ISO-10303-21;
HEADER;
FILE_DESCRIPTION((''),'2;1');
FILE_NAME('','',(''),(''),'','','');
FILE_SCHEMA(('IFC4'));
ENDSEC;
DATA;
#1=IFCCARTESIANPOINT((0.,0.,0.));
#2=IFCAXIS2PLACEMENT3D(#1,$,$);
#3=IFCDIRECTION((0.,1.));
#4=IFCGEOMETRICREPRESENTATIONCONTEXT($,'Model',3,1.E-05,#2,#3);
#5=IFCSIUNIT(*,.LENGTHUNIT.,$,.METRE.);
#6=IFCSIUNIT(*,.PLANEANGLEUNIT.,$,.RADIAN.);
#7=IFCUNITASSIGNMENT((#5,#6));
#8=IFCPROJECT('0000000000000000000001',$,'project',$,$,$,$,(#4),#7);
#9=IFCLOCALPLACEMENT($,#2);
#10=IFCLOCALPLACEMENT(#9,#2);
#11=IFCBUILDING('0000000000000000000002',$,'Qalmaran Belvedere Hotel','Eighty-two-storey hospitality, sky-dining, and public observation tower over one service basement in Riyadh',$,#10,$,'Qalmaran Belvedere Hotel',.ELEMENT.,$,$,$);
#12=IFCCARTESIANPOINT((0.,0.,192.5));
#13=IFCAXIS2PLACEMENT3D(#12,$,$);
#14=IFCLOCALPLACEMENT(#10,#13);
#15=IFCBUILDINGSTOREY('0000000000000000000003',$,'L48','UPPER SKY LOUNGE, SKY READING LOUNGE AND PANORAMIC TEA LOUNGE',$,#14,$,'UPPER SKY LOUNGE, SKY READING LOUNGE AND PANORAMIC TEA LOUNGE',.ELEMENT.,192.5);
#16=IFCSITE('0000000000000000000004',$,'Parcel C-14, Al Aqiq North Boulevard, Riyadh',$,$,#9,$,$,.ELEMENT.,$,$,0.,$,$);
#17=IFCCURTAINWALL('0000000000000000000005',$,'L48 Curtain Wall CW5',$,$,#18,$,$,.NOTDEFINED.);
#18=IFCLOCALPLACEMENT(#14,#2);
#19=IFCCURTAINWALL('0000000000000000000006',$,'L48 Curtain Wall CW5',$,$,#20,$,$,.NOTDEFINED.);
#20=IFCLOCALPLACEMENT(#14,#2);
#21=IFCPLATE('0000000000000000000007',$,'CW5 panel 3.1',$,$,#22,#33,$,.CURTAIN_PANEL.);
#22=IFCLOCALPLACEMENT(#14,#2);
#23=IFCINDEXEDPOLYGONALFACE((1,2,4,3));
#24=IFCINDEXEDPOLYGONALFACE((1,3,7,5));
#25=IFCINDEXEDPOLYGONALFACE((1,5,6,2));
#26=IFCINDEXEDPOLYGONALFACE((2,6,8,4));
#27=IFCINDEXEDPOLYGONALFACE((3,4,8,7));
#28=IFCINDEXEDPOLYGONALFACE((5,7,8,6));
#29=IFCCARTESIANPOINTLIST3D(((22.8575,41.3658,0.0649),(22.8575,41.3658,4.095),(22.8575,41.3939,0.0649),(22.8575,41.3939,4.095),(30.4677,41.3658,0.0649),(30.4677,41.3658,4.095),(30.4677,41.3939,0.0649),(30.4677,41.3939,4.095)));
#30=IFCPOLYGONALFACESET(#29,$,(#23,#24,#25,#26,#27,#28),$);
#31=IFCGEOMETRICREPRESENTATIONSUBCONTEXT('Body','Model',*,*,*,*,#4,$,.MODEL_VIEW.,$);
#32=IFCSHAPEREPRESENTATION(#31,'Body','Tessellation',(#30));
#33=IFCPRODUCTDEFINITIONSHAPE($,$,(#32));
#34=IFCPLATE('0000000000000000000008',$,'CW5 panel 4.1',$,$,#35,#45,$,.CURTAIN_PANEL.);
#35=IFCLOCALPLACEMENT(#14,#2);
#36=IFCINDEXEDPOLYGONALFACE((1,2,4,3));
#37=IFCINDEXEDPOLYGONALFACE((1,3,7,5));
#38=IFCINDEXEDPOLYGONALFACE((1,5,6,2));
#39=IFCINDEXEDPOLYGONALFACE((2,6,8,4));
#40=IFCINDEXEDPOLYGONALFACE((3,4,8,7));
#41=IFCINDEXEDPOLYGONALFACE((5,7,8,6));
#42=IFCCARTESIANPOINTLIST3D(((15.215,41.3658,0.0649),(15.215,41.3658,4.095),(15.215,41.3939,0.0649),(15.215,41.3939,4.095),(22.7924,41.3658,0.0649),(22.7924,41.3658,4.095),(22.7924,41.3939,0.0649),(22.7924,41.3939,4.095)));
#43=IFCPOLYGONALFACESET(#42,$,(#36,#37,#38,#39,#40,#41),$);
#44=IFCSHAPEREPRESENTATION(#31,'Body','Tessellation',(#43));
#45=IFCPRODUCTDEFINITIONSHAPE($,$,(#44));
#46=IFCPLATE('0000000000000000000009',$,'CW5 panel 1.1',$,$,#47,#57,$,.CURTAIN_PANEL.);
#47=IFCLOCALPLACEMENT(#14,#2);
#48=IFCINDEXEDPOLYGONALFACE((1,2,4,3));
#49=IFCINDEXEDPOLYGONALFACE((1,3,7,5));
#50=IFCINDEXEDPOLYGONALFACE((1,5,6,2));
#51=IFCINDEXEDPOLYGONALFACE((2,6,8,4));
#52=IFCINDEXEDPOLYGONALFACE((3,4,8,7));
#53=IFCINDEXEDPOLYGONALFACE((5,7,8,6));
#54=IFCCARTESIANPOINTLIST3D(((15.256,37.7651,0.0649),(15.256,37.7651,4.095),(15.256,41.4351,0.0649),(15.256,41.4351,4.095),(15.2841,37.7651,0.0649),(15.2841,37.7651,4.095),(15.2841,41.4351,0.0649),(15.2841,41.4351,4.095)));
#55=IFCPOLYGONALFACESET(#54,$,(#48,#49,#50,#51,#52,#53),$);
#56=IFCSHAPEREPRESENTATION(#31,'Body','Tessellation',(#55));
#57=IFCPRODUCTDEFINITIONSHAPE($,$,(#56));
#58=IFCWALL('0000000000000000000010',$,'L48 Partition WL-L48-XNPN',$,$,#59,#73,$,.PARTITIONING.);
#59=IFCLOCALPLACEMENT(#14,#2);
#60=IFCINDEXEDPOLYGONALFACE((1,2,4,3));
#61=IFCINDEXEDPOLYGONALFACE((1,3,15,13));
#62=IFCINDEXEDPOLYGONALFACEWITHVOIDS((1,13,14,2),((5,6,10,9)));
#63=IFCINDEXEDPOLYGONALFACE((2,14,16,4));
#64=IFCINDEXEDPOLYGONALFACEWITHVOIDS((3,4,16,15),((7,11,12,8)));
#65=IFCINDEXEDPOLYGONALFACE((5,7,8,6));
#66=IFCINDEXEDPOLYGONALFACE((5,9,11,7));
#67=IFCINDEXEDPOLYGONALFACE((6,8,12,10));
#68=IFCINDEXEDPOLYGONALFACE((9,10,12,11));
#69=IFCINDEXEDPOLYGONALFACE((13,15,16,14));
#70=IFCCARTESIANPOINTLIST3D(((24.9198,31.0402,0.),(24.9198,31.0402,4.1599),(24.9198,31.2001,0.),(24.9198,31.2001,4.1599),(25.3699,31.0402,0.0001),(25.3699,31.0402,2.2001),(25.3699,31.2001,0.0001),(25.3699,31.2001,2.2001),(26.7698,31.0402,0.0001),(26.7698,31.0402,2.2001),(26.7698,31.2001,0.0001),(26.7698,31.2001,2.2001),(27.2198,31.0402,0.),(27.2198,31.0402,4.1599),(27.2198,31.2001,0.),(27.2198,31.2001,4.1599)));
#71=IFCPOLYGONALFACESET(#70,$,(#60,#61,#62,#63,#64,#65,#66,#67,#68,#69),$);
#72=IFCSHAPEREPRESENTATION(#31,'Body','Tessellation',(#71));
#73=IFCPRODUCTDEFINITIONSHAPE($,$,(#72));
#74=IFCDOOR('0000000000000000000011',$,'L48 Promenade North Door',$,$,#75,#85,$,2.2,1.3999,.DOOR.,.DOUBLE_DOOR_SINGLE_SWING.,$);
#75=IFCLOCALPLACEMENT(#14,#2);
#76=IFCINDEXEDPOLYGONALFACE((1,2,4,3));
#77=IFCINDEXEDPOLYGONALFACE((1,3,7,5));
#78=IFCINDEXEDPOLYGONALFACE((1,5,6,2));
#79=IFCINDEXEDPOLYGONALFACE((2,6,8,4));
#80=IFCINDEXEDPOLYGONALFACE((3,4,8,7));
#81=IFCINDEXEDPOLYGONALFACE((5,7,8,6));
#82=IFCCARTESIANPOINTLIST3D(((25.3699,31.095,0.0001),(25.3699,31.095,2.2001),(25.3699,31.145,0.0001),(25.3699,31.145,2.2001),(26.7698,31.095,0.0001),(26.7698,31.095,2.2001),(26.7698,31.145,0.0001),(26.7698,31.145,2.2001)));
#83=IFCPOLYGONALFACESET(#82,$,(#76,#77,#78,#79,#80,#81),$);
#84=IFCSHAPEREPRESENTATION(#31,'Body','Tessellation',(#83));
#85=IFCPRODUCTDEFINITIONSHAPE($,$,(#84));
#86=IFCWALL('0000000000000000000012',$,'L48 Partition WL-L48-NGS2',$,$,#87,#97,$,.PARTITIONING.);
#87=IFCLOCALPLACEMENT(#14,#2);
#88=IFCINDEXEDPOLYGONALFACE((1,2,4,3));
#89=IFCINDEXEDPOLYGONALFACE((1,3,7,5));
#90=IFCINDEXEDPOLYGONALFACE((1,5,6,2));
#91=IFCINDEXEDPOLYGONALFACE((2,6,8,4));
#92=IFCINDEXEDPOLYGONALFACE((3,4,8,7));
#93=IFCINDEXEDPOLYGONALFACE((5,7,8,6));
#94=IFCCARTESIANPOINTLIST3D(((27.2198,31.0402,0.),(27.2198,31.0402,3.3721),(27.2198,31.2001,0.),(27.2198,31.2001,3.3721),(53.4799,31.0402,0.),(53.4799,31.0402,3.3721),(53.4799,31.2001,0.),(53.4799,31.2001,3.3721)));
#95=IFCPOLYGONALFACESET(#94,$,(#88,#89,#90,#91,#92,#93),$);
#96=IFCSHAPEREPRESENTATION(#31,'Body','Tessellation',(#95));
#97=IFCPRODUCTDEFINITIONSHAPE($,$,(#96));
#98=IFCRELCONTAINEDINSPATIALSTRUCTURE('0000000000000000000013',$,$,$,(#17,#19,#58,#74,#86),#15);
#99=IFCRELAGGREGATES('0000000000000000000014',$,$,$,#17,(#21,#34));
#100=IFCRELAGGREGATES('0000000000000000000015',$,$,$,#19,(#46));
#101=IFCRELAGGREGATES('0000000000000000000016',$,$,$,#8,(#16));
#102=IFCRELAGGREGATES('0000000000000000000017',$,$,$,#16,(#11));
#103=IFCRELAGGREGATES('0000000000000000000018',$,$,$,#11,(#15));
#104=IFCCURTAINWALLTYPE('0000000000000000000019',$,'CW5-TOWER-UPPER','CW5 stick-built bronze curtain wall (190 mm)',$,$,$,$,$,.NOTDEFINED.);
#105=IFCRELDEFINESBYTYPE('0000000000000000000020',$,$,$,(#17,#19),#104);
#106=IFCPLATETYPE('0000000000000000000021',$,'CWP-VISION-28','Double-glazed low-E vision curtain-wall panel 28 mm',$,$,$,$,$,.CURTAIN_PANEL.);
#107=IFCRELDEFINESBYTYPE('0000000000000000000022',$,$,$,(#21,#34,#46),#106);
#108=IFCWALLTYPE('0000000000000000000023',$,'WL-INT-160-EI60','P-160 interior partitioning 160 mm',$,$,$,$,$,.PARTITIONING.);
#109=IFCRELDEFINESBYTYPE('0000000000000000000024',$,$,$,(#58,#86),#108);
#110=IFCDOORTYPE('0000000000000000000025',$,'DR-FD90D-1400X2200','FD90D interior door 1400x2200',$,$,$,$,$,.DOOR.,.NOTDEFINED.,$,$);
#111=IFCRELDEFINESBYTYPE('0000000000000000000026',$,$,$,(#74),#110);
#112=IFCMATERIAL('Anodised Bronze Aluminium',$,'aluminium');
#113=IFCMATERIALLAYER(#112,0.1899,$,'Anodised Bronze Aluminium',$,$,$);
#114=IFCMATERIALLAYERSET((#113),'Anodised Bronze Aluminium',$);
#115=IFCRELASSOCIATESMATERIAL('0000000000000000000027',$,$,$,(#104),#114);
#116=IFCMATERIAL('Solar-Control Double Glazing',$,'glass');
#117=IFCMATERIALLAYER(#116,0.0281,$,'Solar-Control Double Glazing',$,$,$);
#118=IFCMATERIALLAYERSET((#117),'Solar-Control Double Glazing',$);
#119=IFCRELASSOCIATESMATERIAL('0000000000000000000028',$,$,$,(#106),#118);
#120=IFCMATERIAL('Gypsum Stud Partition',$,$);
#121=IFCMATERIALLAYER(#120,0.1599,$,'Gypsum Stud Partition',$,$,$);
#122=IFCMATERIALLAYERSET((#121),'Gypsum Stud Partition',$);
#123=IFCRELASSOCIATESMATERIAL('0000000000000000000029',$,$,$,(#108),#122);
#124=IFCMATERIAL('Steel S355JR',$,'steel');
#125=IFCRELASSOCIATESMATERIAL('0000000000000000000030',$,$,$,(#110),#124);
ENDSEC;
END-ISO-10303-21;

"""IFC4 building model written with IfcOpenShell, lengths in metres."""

from ifc_helpers import new_model, si_unit, direction, frame, frame_2d, origin, origin_2d, place, context, subcontext, project, spatial, rectangle, extrude, material, layer, layer_set, type_object, element, fill, aggregate, save


model = new_model("IFC4")

# Units and contexts
model_context = context("Model", 3, precision=1e-05, world=origin(), true_north=direction((0.0, 1.0)))
body_context = subcontext(model_context, "Body", "Model", "MODEL_VIEW")
ifc_project = project(units=[si_unit("LENGTHUNIT", "METRE"), si_unit("PLANEANGLEUNIT", "RADIAN")], contexts=[model_context])

# Site, building, storey
site_placement = place(None, origin())
site = spatial("IfcSite", under=ifc_project, at=site_placement, Name="Parcel C-14, Al Aqiq North Boulevard, Riyadh", CompositionType="ELEMENT", RefElevation=0.0)
building_placement = place(site_placement, origin())
building = spatial("IfcBuilding", under=site, at=building_placement, Name="Qalmaran Belvedere Hotel", Description="Eighty-two-storey hospitality, sky-dining, and public observation tower over one service basement in Riyadh", LongName="Qalmaran Belvedere Hotel", CompositionType="ELEMENT")
storey_placement = place(building_placement, frame((0.0, 0.0, 192.5)))
storey = spatial("IfcBuildingStorey", under=building, at=storey_placement, Name="L48", Description="UPPER SKY LOUNGE, SKY READING LOUNGE AND PANORAMIC TEA LOUNGE", LongName="UPPER SKY LOUNGE, SKY READING LOUNGE AND PANORAMIC TEA LOUNGE", CompositionType="ELEMENT", Elevation=192.5)

# Shared definitions
ifc_material_1 = material(Name="Steel S355JR", Category="steel")

# Curtain walls
ifc_material_2 = material(Name="Anodised Bronze Aluminium", Category="aluminium")
ifc_layer_1 = layer(ifc_material_2, 0.1899, Name="Anodised Bronze Aluminium")
ifc_layer_set_1 = layer_set([ifc_layer_1], Name="Anodised Bronze Aluminium")
curtain_wall_type = type_object("IfcCurtainWallType", Name="CW5-TOWER-UPPER", Description="CW5 stick-built bronze curtain wall (190 mm)", PredefinedType="NOTDEFINED", material=ifc_layer_set_1)
curtain_wall_1_placement = place(storey_placement, origin())
curtain_wall_1 = element("IfcCurtainWall", 1, at=curtain_wall_1_placement, inside=storey, type_object=curtain_wall_type, Name="L48 Curtain Wall CW5", PredefinedType="NOTDEFINED")
curtain_wall_2_placement = place(storey_placement, origin())
curtain_wall_2 = element("IfcCurtainWall", 2, at=curtain_wall_2_placement, inside=storey, type_object=curtain_wall_type, Name="L48 Curtain Wall CW5", PredefinedType="NOTDEFINED")

# Plates
ifc_material_3 = material(Name="Solar-Control Double Glazing", Category="glass")
ifc_layer_2 = layer(ifc_material_3, 0.0281, Name="Solar-Control Double Glazing")
ifc_layer_set_2 = layer_set([ifc_layer_2], Name="Solar-Control Double Glazing")
plate_type = type_object("IfcPlateType", Name="CWP-VISION-28", Description="Double-glazed low-E vision curtain-wall panel 28 mm", PredefinedType="CURTAIN_PANEL", material=ifc_layer_set_2)
plate_1_placement = place(storey_placement, frame((26.6626, 41.3799, 0.0649), z_axis=(0.0, 0.0, 1.0), x_axis=(-1.0, 0.0, 0.0)))
plate_1 = element("IfcPlate", 3, at=plate_1_placement, type_object=plate_type, Name="CW5 panel 3.1", PredefinedType="CURTAIN_PANEL", context=body_context, shape_type="SweptSolid", body=[
    extrude(rectangle(XDim=7.6101, YDim=0.0281, at=origin_2d()), origin(), (0.0, 0.0, 1.0), 4.03),
])
plate_2_placement = place(storey_placement, frame((19.0037, 41.3799, 0.0649), z_axis=(0.0, 0.0, 1.0), x_axis=(-1.0, 0.0, 0.0)))
plate_2 = element("IfcPlate", 4, at=plate_2_placement, type_object=plate_type, Name="CW5 panel 4.1", PredefinedType="CURTAIN_PANEL", context=body_context, shape_type="SweptSolid", body=[
    extrude(rectangle(XDim=7.5774, YDim=0.0281, at=origin_2d()), origin(), (0.0, 0.0, 1.0), 4.03),
])
aggregate(curtain_wall_1, [plate_1, plate_2])
plate_3_placement = place(storey_placement, frame((15.27, 39.6001, 0.0649), z_axis=(0.0, 0.0, 1.0), x_axis=(0.0, -1.0, 0.0)))
plate_3 = element("IfcPlate", 5, at=plate_3_placement, type_object=plate_type, Name="CW5 panel 1.1", PredefinedType="CURTAIN_PANEL", context=body_context, shape_type="SweptSolid", body=[
    extrude(rectangle(XDim=3.6699, YDim=0.0281, at=origin_2d()), origin(), (0.0, 0.0, 1.0), 4.03),
])
aggregate(curtain_wall_2, [plate_3])

# Wall, opening, door
ifc_material_4 = material(Name="Gypsum Stud Partition")
ifc_layer_3 = layer(ifc_material_4, 0.1599, Name="Gypsum Stud Partition")
ifc_layer_set_3 = layer_set([ifc_layer_3], Name="Gypsum Stud Partition")
wall_type = type_object("IfcWallType", Name="WL-INT-160-EI60", Description="P-160 interior partitioning 160 mm", PredefinedType="PARTITIONING", material=ifc_layer_set_3)
wall_1_placement = place(storey_placement, frame((24.9199, 31.1201, 0.0), z_axis=(0.0, 0.0, 1.0), x_axis=(1.0, 0.0, 0.0)))
wall_1 = element("IfcWall", 6, at=wall_1_placement, inside=storey, type_object=wall_type, Name="L48 Partition WL-L48-XNPN", PredefinedType="PARTITIONING", context=body_context, shape_type="SweptSolid", body=[
    extrude(rectangle(XDim=2.3, YDim=0.1599, at=frame_2d((1.1499, 0.0))), origin(), (0.0, 0.0, 1.0), 4.1599),
])
opening_placement = place(wall_1_placement, frame((0.45, 0.0, 0.0)))
opening = element("IfcOpeningElement", 7, at=opening_placement, cuts=wall_1, PredefinedType="OPENING", context=body_context, shape_type="SweptSolid", body=[
    extrude(rectangle(XDim=1.3999, YDim=2.2, at=frame_2d((0.7, 1.1001))), frame((0.0, 0.0898, 0.0), z_axis=(0.0, -1.0, 0.0), x_axis=(1.0, 0.0, 0.0)), (0.0, 0.0, 1.0), 0.1799),
])
door_type = type_object("IfcDoorType", Name="DR-FD90D-1400X2200", Description="FD90D interior door 1400x2200", OperationType="NOTDEFINED", PredefinedType="DOOR", material=ifc_material_1)
door_placement = place(opening_placement, origin())
door = element("IfcDoor", 8, at=door_placement, inside=storey, type_object=door_type, Name="L48 Promenade North Door", OperationType="DOUBLE_DOOR_SINGLE_SWING", OverallHeight=2.2, OverallWidth=1.3999, PredefinedType="DOOR", context=body_context, shape_type="SweptSolid", body=[
    extrude(rectangle(XDim=1.3999, YDim=2.2, at=frame_2d((0.7, 1.1001))), frame((0.0, 0.0249, 0.0), z_axis=(0.0, -1.0, 0.0), x_axis=(1.0, 0.0, 0.0)), (0.0, 0.0, 1.0), 0.05),
])
fill(opening, door)

# Wall
wall_2_placement = place(storey_placement, frame((27.22, 31.1201, 0.0), z_axis=(0.0, 0.0, 1.0), x_axis=(1.0, 0.0, 0.0)))
element("IfcWall", 9, at=wall_2_placement, inside=storey, type_object=wall_type, Name="L48 Partition WL-L48-NGS2", PredefinedType="PARTITIONING", context=body_context, shape_type="SweptSolid", body=[
    extrude(rectangle(XDim=26.26, YDim=0.1599, at=frame_2d((13.1299, 0.0))), origin(), (0.0, 0.0, 1.0), 3.3721),
])

save(model, "model.ifc")
